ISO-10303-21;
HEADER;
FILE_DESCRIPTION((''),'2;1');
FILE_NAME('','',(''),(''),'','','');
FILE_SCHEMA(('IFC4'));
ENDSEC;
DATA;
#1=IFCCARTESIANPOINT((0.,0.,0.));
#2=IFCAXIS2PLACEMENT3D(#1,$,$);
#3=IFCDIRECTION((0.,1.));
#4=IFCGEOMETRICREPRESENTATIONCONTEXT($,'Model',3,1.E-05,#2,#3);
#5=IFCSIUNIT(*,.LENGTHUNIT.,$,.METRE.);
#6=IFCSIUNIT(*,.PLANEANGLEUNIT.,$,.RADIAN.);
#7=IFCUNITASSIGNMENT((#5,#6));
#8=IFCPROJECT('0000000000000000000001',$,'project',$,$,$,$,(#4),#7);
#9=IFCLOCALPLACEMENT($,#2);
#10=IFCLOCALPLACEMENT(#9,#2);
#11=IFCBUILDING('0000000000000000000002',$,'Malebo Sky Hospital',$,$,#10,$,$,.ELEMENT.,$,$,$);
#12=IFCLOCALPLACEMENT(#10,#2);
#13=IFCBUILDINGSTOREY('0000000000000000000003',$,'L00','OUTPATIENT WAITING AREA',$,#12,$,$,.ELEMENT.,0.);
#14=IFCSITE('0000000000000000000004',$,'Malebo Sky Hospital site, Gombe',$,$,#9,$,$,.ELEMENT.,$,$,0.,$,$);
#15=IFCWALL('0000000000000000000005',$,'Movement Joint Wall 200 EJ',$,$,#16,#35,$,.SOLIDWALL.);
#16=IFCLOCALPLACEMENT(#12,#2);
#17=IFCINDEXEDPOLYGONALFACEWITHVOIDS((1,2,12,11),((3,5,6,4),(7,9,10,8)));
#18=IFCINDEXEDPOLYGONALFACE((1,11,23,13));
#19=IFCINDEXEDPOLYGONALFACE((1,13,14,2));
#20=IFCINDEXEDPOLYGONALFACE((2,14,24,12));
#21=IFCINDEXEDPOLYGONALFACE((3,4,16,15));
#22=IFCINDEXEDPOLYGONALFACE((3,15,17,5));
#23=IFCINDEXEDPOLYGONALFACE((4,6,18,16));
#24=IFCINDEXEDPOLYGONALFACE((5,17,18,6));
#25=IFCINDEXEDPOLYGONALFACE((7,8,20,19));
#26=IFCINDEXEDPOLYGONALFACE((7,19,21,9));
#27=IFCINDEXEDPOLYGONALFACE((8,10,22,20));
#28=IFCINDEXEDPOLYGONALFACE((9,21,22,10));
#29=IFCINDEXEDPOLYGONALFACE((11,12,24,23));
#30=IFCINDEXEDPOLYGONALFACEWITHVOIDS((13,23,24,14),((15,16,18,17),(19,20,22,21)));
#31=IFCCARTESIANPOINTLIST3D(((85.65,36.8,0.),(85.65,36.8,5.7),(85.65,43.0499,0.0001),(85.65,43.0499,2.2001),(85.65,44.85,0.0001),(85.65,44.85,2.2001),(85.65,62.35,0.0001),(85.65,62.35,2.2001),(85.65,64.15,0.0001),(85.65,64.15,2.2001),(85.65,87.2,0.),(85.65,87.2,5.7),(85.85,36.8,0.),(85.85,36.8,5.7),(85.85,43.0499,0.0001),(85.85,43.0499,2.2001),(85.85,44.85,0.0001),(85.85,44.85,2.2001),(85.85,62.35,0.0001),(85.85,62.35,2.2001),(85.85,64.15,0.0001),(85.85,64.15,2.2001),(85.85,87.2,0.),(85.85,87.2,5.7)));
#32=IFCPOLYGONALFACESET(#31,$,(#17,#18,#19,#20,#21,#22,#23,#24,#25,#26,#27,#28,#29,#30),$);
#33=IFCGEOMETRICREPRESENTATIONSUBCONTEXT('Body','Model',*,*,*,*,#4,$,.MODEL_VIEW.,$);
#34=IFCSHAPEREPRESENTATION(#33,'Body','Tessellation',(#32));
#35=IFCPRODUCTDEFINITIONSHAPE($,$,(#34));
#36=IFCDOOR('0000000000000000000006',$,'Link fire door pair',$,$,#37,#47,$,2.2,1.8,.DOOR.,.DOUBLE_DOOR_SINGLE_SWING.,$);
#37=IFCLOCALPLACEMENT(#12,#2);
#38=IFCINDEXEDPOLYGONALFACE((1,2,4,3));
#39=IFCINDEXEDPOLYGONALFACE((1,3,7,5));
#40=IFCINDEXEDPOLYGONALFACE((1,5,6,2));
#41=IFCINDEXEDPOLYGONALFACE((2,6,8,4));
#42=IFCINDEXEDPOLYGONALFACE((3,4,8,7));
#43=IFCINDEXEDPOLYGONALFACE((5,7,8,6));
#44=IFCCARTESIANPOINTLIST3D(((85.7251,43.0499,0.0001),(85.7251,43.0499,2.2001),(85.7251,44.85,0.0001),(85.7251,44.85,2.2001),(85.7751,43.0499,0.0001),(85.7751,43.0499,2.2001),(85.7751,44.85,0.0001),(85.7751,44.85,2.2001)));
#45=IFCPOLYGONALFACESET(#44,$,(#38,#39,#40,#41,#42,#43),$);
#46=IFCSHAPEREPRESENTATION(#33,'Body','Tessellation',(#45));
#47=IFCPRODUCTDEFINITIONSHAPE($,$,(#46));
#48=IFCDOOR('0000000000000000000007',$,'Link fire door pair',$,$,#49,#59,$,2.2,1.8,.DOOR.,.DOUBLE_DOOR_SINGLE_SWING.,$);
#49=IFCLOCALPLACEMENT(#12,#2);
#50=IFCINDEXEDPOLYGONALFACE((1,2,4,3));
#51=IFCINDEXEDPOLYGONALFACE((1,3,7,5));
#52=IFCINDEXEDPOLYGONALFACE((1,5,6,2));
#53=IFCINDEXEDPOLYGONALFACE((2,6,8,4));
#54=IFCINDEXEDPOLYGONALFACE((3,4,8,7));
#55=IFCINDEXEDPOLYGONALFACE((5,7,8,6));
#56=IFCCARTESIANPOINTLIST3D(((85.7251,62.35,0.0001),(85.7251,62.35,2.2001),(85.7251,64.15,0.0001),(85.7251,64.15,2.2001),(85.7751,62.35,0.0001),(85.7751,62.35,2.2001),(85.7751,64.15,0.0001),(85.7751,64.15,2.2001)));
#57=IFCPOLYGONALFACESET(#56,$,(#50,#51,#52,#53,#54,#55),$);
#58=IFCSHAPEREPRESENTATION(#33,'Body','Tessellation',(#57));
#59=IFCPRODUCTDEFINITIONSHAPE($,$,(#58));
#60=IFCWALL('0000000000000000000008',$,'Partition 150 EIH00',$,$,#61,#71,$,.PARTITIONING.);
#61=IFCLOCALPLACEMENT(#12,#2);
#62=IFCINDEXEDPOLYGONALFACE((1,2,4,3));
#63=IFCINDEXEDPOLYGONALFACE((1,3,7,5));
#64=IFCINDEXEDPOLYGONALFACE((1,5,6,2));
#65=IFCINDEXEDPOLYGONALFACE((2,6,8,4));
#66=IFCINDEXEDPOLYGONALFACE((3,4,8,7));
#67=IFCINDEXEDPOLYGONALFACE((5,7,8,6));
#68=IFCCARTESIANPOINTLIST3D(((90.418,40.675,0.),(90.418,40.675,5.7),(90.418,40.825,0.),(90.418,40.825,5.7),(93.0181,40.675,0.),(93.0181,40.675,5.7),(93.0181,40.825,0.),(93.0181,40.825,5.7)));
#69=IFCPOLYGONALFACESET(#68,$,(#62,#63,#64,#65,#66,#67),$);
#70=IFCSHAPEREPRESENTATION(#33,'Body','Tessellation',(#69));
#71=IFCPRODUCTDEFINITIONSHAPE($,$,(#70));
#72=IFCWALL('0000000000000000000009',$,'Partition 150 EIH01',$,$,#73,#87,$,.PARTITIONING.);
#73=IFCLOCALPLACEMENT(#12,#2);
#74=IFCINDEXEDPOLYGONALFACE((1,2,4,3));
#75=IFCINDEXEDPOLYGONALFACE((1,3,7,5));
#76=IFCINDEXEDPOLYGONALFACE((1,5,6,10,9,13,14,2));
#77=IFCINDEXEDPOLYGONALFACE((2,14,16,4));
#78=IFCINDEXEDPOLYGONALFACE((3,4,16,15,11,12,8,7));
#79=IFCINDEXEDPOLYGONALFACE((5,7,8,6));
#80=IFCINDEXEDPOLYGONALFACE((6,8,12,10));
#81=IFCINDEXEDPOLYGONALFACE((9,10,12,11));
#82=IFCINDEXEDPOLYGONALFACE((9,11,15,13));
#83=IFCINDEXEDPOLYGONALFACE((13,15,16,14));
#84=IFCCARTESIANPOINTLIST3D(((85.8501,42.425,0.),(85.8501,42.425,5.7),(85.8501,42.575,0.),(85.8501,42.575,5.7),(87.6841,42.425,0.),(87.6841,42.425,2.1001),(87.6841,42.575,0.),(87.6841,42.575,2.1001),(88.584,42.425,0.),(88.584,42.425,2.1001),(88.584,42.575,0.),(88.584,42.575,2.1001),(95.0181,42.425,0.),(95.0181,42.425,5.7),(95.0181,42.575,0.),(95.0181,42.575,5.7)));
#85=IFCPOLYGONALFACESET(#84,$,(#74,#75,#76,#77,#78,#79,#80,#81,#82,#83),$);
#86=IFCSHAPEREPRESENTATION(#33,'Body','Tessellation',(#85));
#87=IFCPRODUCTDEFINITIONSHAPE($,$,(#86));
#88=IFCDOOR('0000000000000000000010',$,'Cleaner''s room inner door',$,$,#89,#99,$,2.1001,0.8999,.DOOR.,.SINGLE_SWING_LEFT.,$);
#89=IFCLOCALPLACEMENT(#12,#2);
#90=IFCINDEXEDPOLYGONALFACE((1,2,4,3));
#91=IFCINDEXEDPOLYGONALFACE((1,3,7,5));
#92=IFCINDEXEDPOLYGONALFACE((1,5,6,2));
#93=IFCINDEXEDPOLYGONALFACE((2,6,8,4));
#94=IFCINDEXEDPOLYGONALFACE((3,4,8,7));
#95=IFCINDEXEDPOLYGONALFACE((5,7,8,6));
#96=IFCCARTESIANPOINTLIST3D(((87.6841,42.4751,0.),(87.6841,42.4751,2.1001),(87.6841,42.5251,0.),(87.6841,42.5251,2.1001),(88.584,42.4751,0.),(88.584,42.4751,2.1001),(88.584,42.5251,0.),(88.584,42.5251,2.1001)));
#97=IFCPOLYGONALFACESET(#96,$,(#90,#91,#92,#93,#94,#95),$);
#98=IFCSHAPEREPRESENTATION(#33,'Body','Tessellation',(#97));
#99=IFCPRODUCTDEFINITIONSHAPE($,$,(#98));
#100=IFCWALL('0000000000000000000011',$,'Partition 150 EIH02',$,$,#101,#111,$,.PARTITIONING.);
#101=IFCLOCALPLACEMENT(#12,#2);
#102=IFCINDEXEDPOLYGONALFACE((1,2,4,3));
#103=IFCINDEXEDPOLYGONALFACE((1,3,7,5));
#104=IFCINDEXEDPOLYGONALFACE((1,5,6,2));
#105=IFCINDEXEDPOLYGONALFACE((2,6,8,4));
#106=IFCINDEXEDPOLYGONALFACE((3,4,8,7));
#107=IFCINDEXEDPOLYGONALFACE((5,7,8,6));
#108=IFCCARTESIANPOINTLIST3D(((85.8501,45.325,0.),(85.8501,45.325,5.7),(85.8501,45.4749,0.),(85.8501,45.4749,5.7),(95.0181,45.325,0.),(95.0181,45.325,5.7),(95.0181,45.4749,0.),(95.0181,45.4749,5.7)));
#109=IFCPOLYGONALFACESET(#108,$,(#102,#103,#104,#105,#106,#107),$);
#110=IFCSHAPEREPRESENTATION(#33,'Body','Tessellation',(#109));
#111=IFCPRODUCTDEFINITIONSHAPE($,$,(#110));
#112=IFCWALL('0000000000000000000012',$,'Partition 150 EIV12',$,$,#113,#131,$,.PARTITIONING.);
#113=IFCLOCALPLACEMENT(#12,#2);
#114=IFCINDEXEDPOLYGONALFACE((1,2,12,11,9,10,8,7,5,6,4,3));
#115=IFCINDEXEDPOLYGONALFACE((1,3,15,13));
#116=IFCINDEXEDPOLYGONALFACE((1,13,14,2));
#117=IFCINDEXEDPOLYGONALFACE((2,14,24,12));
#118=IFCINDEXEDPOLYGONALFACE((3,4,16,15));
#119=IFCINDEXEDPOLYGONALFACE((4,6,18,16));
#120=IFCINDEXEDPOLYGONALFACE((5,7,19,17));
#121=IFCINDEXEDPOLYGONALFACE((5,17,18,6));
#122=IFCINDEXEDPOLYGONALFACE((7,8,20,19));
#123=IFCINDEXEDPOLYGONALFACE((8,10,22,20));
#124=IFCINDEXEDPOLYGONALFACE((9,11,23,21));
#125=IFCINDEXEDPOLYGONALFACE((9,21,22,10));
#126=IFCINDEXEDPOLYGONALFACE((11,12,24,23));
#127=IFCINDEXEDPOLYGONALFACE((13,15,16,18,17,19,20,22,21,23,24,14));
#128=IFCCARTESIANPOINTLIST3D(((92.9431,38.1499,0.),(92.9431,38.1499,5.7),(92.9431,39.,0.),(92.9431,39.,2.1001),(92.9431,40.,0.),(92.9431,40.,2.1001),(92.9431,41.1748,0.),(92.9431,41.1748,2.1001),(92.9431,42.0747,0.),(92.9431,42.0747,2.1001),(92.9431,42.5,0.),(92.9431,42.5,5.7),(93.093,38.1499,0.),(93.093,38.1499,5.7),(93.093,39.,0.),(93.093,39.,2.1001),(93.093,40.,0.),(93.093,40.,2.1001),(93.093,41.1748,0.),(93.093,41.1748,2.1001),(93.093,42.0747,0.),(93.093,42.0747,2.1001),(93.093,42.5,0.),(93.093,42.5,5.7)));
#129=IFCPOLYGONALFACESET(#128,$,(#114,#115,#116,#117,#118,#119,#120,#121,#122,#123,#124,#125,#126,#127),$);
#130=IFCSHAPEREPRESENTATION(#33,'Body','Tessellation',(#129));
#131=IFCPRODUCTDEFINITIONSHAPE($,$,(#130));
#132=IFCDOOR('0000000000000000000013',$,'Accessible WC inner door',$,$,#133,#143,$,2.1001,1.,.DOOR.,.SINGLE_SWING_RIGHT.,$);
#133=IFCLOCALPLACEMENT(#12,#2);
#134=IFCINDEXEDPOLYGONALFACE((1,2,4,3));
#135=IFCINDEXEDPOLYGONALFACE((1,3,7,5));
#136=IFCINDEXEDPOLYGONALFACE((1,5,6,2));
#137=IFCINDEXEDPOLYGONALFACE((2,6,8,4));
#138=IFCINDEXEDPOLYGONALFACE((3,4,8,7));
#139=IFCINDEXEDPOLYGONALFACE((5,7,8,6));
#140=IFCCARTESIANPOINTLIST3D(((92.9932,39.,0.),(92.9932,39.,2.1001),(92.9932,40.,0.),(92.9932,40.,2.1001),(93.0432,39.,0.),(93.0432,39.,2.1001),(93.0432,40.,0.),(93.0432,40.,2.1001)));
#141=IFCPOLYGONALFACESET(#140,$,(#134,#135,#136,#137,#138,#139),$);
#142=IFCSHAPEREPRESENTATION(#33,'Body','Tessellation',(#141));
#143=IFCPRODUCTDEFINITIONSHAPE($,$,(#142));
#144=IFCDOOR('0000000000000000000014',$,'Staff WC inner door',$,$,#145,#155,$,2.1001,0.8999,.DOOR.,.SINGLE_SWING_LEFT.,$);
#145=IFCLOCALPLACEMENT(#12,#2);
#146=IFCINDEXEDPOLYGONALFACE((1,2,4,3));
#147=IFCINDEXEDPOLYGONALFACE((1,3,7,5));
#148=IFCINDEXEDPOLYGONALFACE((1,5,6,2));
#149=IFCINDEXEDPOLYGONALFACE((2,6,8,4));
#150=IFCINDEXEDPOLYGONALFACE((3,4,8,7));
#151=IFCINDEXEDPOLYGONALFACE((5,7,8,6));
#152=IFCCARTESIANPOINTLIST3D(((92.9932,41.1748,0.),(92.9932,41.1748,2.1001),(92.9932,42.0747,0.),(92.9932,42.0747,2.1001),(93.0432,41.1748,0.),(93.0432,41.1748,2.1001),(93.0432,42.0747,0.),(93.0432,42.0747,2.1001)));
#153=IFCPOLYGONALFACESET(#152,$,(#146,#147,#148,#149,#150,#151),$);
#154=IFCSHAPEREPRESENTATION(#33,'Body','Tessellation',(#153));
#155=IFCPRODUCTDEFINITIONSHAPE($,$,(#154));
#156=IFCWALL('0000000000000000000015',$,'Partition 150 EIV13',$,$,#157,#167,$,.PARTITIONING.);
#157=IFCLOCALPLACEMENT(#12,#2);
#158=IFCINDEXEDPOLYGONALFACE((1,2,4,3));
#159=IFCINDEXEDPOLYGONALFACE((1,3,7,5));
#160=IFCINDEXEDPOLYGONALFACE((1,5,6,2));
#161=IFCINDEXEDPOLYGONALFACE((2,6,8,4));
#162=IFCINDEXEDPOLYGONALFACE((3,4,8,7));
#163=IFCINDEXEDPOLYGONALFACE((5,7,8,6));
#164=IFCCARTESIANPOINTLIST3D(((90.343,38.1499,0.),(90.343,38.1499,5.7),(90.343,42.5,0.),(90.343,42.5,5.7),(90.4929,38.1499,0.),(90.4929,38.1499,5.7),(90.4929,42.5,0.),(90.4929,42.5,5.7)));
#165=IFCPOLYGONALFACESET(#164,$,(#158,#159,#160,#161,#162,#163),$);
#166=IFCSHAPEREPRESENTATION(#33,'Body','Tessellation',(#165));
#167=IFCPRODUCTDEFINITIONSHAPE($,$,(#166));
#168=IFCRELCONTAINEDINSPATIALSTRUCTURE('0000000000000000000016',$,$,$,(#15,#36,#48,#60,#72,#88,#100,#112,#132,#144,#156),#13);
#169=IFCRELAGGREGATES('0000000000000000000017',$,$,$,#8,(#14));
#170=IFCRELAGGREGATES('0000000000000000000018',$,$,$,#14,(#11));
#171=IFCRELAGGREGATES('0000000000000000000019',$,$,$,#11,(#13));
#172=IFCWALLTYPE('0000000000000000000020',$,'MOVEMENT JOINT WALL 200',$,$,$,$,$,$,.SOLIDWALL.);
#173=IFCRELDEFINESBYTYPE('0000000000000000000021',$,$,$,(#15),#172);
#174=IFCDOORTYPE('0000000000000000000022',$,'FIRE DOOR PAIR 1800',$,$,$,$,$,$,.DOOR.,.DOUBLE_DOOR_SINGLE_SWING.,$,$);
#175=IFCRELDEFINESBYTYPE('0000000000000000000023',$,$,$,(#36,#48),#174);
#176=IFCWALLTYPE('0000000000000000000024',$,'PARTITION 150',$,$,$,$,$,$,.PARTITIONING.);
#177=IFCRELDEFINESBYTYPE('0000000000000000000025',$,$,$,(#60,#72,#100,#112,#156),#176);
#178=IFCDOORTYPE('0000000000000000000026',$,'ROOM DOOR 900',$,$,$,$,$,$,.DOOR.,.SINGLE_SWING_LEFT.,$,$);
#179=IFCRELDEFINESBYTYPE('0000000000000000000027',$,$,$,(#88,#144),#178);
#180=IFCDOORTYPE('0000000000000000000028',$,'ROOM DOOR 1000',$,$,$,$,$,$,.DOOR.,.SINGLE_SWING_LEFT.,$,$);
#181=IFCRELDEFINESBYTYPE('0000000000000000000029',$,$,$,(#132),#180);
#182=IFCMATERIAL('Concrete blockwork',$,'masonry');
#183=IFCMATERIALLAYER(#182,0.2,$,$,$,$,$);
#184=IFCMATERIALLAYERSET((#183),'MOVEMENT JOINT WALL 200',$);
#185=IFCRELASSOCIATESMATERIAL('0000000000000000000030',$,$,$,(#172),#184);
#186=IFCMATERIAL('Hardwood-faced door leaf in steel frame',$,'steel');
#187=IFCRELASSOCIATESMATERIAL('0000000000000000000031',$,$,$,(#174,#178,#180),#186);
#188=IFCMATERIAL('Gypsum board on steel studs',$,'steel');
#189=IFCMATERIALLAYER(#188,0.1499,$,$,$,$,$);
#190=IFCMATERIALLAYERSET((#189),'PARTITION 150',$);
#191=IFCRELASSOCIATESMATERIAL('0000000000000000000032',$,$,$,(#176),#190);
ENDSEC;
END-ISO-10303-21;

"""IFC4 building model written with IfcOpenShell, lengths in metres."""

from ifc_helpers import new_model, si_unit, direction, frame, frame_2d, origin, place, context, subcontext, project, spatial, rectangle, extrude, material, layer, layer_set, type_object, element, fill, save


model = new_model("IFC4")

# Units and contexts
model_context = context("Model", 3, precision=1e-05, world=origin(), true_north=direction((0.0, 1.0)))
body_context = subcontext(model_context, "Body", "Model", "MODEL_VIEW")
ifc_project = project(units=[si_unit("LENGTHUNIT", "METRE"), si_unit("PLANEANGLEUNIT", "RADIAN")], contexts=[model_context])

# Site, building, storey
site_placement = place(None, origin())
site = spatial("IfcSite", under=ifc_project, at=site_placement, Name="Malebo Sky Hospital site, Gombe", CompositionType="ELEMENT", RefElevation=0.0)
building_placement = place(site_placement, origin())
building = spatial("IfcBuilding", under=site, at=building_placement, Name="Malebo Sky Hospital", CompositionType="ELEMENT")
storey_placement = place(building_placement, origin())
storey = spatial("IfcBuildingStorey", under=building, at=storey_placement, Name="L00", Description="OUTPATIENT WAITING AREA", CompositionType="ELEMENT", Elevation=0.0)

# Wall, openings, doors
ifc_material_1 = material(Name="Concrete blockwork", Category="masonry")
ifc_layer_1 = layer(ifc_material_1, 0.2)
ifc_layer_set_1 = layer_set([ifc_layer_1], Name="MOVEMENT JOINT WALL 200")
wall_type_1 = type_object("IfcWallType", Name="MOVEMENT JOINT WALL 200", PredefinedType="SOLIDWALL", material=ifc_layer_set_1)
wall_1_placement = place(storey_placement, frame((85.75, 36.8, 0.0), z_axis=(0.0, 0.0, 1.0), x_axis=(0.0, 1.0, 0.0)))
wall_1 = element("IfcWall", 1, at=wall_1_placement, inside=storey, type_object=wall_type_1, Name="Movement Joint Wall 200 EJ", PredefinedType="SOLIDWALL", context=body_context, shape_type="SweptSolid", body=[
    extrude(rectangle(XDim=50.3999, YDim=0.2, at=frame_2d((25.2, 0.0))), origin(), (0.0, 0.0, 1.0), 5.7),
])
opening_1_placement = place(wall_1_placement, frame((6.25, 0.0, 0.0)))
opening_1 = element("IfcOpeningElement", 2, at=opening_1_placement, cuts=wall_1, PredefinedType="OPENING", context=body_context, shape_type="SweptSolid", body=[
    extrude(rectangle(XDim=1.8, YDim=2.2, at=frame_2d((0.8999, 1.1001))), frame((0.0, 0.1099, 0.0), z_axis=(0.0, -1.0, 0.0), x_axis=(1.0, 0.0, 0.0)), (0.0, 0.0, 1.0), 0.22),
])
opening_2_placement = place(wall_1_placement, frame((25.55, 0.0, 0.0)))
opening_2 = element("IfcOpeningElement", 3, at=opening_2_placement, cuts=wall_1, PredefinedType="OPENING", context=body_context, shape_type="SweptSolid", body=[
    extrude(rectangle(XDim=1.8, YDim=2.2, at=frame_2d((0.8999, 1.1001))), frame((0.0, 0.1099, 0.0), z_axis=(0.0, -1.0, 0.0), x_axis=(1.0, 0.0, 0.0)), (0.0, 0.0, 1.0), 0.22),
])
ifc_material_2 = material(Name="Hardwood-faced door leaf in steel frame", Category="steel")
door_type_1 = type_object("IfcDoorType", Name="FIRE DOOR PAIR 1800", OperationType="DOUBLE_DOOR_SINGLE_SWING", PredefinedType="DOOR", material=ifc_material_2)
door_1_placement = place(opening_1_placement, origin())
door_1 = element("IfcDoor", 4, at=door_1_placement, inside=storey, type_object=door_type_1, Name="Link fire door pair", OperationType="DOUBLE_DOOR_SINGLE_SWING", OverallHeight=2.2, OverallWidth=1.8, PredefinedType="DOOR", context=body_context, shape_type="SweptSolid", body=[
    extrude(rectangle(XDim=1.8, YDim=2.2, at=frame_2d((0.8999, 1.1001))), frame((0.0, 0.0249, 0.0), z_axis=(0.0, -1.0, 0.0), x_axis=(1.0, 0.0, 0.0)), (0.0, 0.0, 1.0), 0.05),
])
fill(opening_1, door_1)
door_2_placement = place(opening_2_placement, origin())
door_2 = element("IfcDoor", 5, at=door_2_placement, inside=storey, type_object=door_type_1, Name="Link fire door pair", OperationType="DOUBLE_DOOR_SINGLE_SWING", OverallHeight=2.2, OverallWidth=1.8, PredefinedType="DOOR", context=body_context, shape_type="SweptSolid", body=[
    extrude(rectangle(XDim=1.8, YDim=2.2, at=frame_2d((0.8999, 1.1001))), frame((0.0, 0.0249, 0.0), z_axis=(0.0, -1.0, 0.0), x_axis=(1.0, 0.0, 0.0)), (0.0, 0.0, 1.0), 0.05),
])
fill(opening_2, door_2)

# Wall
ifc_material_3 = material(Name="Gypsum board on steel studs", Category="steel")
ifc_layer_2 = layer(ifc_material_3, 0.1499)
ifc_layer_set_2 = layer_set([ifc_layer_2], Name="PARTITION 150")
wall_type_2 = type_object("IfcWallType", Name="PARTITION 150", PredefinedType="PARTITIONING", material=ifc_layer_set_2)
wall_2_placement = place(storey_placement, frame((93.0181, 40.75, 0.0), z_axis=(0.0, 0.0, 1.0), x_axis=(-1.0, 0.0, 0.0)))
element("IfcWall", 6, at=wall_2_placement, inside=storey, type_object=wall_type_2, Name="Partition 150 EIH00", PredefinedType="PARTITIONING", context=body_context, shape_type="SweptSolid", body=[
    extrude(rectangle(XDim=2.6001, YDim=0.1499, at=frame_2d((1.3, 0.0))), origin(), (0.0, 0.0, 1.0), 5.7),
])

# Wall, opening, door
wall_3_placement = place(storey_placement, frame((95.0181, 42.5, 0.0), z_axis=(0.0, 0.0, 1.0), x_axis=(-1.0, 0.0, 0.0)))
wall_3 = element("IfcWall", 7, at=wall_3_placement, inside=storey, type_object=wall_type_2, Name="Partition 150 EIH01", PredefinedType="PARTITIONING", context=body_context, shape_type="SweptSolid", body=[
    extrude(rectangle(XDim=9.168, YDim=0.1499, at=frame_2d((4.584, 0.0))), origin(), (0.0, 0.0, 1.0), 5.7),
])
opening_3_placement = place(wall_3_placement, frame((6.4341, 0.0, 0.0)))
opening_3 = element("IfcOpeningElement", 8, at=opening_3_placement, cuts=wall_3, PredefinedType="OPENING", context=body_context, shape_type="SweptSolid", body=[
    extrude(rectangle(XDim=0.8999, YDim=2.1001, at=frame_2d((0.45, 1.05))), frame((0.0, 0.085, 0.0), z_axis=(0.0, -1.0, 0.0), x_axis=(1.0, 0.0, 0.0)), (0.0, 0.0, 1.0), 0.1699),
])
door_type_2 = type_object("IfcDoorType", Name="ROOM DOOR 900", OperationType="SINGLE_SWING_LEFT", PredefinedType="DOOR", material=ifc_material_2)
door_3_placement = place(opening_3_placement, origin())
door_3 = element("IfcDoor", 9, at=door_3_placement, inside=storey, type_object=door_type_2, Name="Cleaner's room inner door", OperationType="SINGLE_SWING_LEFT", OverallHeight=2.1001, OverallWidth=0.8999, PredefinedType="DOOR", context=body_context, shape_type="SweptSolid", body=[
    extrude(rectangle(XDim=0.8999, YDim=2.1001, at=frame_2d((0.45, 1.05))), frame((0.0, 0.0249, 0.0), z_axis=(0.0, -1.0, 0.0), x_axis=(1.0, 0.0, 0.0)), (0.0, 0.0, 1.0), 0.05),
])
fill(opening_3, door_3)

# Wall
wall_4_placement = place(storey_placement, frame((95.0181, 45.3999, 0.0), z_axis=(0.0, 0.0, 1.0), x_axis=(-1.0, 0.0, 0.0)))
element("IfcWall", 10, at=wall_4_placement, inside=storey, type_object=wall_type_2, Name="Partition 150 EIH02", PredefinedType="PARTITIONING", context=body_context, shape_type="SweptSolid", body=[
    extrude(rectangle(XDim=9.168, YDim=0.1499, at=frame_2d((4.584, 0.0))), origin(), (0.0, 0.0, 1.0), 5.7),
])

# Wall, openings, doors
wall_5_placement = place(storey_placement, frame((93.0181, 38.1499, 0.0), z_axis=(0.0, 0.0, 1.0), x_axis=(0.0, 1.0, 0.0)))
wall_5 = element("IfcWall", 11, at=wall_5_placement, inside=storey, type_object=wall_type_2, Name="Partition 150 EIV12", PredefinedType="PARTITIONING", context=body_context, shape_type="SweptSolid", body=[
    extrude(rectangle(XDim=4.3501, YDim=0.1499, at=frame_2d((2.175, 0.0))), origin(), (0.0, 0.0, 1.0), 5.7),
])
opening_4_placement = place(wall_5_placement, frame((0.8501, 0.0, 0.0)))
opening_4 = element("IfcOpeningElement", 12, at=opening_4_placement, cuts=wall_5, PredefinedType="OPENING", context=body_context, shape_type="SweptSolid", body=[
    extrude(rectangle(XDim=1.0, YDim=2.1001, at=frame_2d((0.5, 1.05))), frame((0.0, 0.085, 0.0), z_axis=(0.0, -1.0, 0.0), x_axis=(1.0, 0.0, 0.0)), (0.0, 0.0, 1.0), 0.1699),
])
opening_5_placement = place(wall_5_placement, frame((3.0249, 0.0, 0.0)))
opening_5 = element("IfcOpeningElement", 13, at=opening_5_placement, cuts=wall_5, PredefinedType="OPENING", context=body_context, shape_type="SweptSolid", body=[
    extrude(rectangle(XDim=0.8999, YDim=2.1001, at=frame_2d((0.45, 1.05))), frame((0.0, 0.085, 0.0), z_axis=(0.0, -1.0, 0.0), x_axis=(1.0, 0.0, 0.0)), (0.0, 0.0, 1.0), 0.1699),
])
door_type_3 = type_object("IfcDoorType", Name="ROOM DOOR 1000", OperationType="SINGLE_SWING_LEFT", PredefinedType="DOOR", material=ifc_material_2)
door_4_placement = place(opening_4_placement, origin())
door_4 = element("IfcDoor", 14, at=door_4_placement, inside=storey, type_object=door_type_3, Name="Accessible WC inner door", OperationType="SINGLE_SWING_RIGHT", OverallHeight=2.1001, OverallWidth=1.0, PredefinedType="DOOR", context=body_context, shape_type="SweptSolid", body=[
    extrude(rectangle(XDim=1.0, YDim=2.1001, at=frame_2d((0.5, 1.05))), frame((0.0, 0.0249, 0.0), z_axis=(0.0, -1.0, 0.0), x_axis=(1.0, 0.0, 0.0)), (0.0, 0.0, 1.0), 0.05),
])
fill(opening_4, door_4)
door_5_placement = place(opening_5_placement, origin())
door_5 = element("IfcDoor", 15, at=door_5_placement, inside=storey, type_object=door_type_2, Name="Staff WC inner door", OperationType="SINGLE_SWING_LEFT", OverallHeight=2.1001, OverallWidth=0.8999, PredefinedType="DOOR", context=body_context, shape_type="SweptSolid", body=[
    extrude(rectangle(XDim=0.8999, YDim=2.1001, at=frame_2d((0.45, 1.05))), frame((0.0, 0.0249, 0.0), z_axis=(0.0, -1.0, 0.0), x_axis=(1.0, 0.0, 0.0)), (0.0, 0.0, 1.0), 0.05),
])
fill(opening_5, door_5)

# Wall
wall_6_placement = place(storey_placement, frame((90.418, 38.1499, 0.0), z_axis=(0.0, 0.0, 1.0), x_axis=(0.0, 1.0, 0.0)))
element("IfcWall", 16, at=wall_6_placement, inside=storey, type_object=wall_type_2, Name="Partition 150 EIV13", PredefinedType="PARTITIONING", context=body_context, shape_type="SweptSolid", body=[
    extrude(rectangle(XDim=4.3501, YDim=0.1499, at=frame_2d((2.175, 0.0))), origin(), (0.0, 0.0, 1.0), 5.7),
])

save(model, "model.ifc")
